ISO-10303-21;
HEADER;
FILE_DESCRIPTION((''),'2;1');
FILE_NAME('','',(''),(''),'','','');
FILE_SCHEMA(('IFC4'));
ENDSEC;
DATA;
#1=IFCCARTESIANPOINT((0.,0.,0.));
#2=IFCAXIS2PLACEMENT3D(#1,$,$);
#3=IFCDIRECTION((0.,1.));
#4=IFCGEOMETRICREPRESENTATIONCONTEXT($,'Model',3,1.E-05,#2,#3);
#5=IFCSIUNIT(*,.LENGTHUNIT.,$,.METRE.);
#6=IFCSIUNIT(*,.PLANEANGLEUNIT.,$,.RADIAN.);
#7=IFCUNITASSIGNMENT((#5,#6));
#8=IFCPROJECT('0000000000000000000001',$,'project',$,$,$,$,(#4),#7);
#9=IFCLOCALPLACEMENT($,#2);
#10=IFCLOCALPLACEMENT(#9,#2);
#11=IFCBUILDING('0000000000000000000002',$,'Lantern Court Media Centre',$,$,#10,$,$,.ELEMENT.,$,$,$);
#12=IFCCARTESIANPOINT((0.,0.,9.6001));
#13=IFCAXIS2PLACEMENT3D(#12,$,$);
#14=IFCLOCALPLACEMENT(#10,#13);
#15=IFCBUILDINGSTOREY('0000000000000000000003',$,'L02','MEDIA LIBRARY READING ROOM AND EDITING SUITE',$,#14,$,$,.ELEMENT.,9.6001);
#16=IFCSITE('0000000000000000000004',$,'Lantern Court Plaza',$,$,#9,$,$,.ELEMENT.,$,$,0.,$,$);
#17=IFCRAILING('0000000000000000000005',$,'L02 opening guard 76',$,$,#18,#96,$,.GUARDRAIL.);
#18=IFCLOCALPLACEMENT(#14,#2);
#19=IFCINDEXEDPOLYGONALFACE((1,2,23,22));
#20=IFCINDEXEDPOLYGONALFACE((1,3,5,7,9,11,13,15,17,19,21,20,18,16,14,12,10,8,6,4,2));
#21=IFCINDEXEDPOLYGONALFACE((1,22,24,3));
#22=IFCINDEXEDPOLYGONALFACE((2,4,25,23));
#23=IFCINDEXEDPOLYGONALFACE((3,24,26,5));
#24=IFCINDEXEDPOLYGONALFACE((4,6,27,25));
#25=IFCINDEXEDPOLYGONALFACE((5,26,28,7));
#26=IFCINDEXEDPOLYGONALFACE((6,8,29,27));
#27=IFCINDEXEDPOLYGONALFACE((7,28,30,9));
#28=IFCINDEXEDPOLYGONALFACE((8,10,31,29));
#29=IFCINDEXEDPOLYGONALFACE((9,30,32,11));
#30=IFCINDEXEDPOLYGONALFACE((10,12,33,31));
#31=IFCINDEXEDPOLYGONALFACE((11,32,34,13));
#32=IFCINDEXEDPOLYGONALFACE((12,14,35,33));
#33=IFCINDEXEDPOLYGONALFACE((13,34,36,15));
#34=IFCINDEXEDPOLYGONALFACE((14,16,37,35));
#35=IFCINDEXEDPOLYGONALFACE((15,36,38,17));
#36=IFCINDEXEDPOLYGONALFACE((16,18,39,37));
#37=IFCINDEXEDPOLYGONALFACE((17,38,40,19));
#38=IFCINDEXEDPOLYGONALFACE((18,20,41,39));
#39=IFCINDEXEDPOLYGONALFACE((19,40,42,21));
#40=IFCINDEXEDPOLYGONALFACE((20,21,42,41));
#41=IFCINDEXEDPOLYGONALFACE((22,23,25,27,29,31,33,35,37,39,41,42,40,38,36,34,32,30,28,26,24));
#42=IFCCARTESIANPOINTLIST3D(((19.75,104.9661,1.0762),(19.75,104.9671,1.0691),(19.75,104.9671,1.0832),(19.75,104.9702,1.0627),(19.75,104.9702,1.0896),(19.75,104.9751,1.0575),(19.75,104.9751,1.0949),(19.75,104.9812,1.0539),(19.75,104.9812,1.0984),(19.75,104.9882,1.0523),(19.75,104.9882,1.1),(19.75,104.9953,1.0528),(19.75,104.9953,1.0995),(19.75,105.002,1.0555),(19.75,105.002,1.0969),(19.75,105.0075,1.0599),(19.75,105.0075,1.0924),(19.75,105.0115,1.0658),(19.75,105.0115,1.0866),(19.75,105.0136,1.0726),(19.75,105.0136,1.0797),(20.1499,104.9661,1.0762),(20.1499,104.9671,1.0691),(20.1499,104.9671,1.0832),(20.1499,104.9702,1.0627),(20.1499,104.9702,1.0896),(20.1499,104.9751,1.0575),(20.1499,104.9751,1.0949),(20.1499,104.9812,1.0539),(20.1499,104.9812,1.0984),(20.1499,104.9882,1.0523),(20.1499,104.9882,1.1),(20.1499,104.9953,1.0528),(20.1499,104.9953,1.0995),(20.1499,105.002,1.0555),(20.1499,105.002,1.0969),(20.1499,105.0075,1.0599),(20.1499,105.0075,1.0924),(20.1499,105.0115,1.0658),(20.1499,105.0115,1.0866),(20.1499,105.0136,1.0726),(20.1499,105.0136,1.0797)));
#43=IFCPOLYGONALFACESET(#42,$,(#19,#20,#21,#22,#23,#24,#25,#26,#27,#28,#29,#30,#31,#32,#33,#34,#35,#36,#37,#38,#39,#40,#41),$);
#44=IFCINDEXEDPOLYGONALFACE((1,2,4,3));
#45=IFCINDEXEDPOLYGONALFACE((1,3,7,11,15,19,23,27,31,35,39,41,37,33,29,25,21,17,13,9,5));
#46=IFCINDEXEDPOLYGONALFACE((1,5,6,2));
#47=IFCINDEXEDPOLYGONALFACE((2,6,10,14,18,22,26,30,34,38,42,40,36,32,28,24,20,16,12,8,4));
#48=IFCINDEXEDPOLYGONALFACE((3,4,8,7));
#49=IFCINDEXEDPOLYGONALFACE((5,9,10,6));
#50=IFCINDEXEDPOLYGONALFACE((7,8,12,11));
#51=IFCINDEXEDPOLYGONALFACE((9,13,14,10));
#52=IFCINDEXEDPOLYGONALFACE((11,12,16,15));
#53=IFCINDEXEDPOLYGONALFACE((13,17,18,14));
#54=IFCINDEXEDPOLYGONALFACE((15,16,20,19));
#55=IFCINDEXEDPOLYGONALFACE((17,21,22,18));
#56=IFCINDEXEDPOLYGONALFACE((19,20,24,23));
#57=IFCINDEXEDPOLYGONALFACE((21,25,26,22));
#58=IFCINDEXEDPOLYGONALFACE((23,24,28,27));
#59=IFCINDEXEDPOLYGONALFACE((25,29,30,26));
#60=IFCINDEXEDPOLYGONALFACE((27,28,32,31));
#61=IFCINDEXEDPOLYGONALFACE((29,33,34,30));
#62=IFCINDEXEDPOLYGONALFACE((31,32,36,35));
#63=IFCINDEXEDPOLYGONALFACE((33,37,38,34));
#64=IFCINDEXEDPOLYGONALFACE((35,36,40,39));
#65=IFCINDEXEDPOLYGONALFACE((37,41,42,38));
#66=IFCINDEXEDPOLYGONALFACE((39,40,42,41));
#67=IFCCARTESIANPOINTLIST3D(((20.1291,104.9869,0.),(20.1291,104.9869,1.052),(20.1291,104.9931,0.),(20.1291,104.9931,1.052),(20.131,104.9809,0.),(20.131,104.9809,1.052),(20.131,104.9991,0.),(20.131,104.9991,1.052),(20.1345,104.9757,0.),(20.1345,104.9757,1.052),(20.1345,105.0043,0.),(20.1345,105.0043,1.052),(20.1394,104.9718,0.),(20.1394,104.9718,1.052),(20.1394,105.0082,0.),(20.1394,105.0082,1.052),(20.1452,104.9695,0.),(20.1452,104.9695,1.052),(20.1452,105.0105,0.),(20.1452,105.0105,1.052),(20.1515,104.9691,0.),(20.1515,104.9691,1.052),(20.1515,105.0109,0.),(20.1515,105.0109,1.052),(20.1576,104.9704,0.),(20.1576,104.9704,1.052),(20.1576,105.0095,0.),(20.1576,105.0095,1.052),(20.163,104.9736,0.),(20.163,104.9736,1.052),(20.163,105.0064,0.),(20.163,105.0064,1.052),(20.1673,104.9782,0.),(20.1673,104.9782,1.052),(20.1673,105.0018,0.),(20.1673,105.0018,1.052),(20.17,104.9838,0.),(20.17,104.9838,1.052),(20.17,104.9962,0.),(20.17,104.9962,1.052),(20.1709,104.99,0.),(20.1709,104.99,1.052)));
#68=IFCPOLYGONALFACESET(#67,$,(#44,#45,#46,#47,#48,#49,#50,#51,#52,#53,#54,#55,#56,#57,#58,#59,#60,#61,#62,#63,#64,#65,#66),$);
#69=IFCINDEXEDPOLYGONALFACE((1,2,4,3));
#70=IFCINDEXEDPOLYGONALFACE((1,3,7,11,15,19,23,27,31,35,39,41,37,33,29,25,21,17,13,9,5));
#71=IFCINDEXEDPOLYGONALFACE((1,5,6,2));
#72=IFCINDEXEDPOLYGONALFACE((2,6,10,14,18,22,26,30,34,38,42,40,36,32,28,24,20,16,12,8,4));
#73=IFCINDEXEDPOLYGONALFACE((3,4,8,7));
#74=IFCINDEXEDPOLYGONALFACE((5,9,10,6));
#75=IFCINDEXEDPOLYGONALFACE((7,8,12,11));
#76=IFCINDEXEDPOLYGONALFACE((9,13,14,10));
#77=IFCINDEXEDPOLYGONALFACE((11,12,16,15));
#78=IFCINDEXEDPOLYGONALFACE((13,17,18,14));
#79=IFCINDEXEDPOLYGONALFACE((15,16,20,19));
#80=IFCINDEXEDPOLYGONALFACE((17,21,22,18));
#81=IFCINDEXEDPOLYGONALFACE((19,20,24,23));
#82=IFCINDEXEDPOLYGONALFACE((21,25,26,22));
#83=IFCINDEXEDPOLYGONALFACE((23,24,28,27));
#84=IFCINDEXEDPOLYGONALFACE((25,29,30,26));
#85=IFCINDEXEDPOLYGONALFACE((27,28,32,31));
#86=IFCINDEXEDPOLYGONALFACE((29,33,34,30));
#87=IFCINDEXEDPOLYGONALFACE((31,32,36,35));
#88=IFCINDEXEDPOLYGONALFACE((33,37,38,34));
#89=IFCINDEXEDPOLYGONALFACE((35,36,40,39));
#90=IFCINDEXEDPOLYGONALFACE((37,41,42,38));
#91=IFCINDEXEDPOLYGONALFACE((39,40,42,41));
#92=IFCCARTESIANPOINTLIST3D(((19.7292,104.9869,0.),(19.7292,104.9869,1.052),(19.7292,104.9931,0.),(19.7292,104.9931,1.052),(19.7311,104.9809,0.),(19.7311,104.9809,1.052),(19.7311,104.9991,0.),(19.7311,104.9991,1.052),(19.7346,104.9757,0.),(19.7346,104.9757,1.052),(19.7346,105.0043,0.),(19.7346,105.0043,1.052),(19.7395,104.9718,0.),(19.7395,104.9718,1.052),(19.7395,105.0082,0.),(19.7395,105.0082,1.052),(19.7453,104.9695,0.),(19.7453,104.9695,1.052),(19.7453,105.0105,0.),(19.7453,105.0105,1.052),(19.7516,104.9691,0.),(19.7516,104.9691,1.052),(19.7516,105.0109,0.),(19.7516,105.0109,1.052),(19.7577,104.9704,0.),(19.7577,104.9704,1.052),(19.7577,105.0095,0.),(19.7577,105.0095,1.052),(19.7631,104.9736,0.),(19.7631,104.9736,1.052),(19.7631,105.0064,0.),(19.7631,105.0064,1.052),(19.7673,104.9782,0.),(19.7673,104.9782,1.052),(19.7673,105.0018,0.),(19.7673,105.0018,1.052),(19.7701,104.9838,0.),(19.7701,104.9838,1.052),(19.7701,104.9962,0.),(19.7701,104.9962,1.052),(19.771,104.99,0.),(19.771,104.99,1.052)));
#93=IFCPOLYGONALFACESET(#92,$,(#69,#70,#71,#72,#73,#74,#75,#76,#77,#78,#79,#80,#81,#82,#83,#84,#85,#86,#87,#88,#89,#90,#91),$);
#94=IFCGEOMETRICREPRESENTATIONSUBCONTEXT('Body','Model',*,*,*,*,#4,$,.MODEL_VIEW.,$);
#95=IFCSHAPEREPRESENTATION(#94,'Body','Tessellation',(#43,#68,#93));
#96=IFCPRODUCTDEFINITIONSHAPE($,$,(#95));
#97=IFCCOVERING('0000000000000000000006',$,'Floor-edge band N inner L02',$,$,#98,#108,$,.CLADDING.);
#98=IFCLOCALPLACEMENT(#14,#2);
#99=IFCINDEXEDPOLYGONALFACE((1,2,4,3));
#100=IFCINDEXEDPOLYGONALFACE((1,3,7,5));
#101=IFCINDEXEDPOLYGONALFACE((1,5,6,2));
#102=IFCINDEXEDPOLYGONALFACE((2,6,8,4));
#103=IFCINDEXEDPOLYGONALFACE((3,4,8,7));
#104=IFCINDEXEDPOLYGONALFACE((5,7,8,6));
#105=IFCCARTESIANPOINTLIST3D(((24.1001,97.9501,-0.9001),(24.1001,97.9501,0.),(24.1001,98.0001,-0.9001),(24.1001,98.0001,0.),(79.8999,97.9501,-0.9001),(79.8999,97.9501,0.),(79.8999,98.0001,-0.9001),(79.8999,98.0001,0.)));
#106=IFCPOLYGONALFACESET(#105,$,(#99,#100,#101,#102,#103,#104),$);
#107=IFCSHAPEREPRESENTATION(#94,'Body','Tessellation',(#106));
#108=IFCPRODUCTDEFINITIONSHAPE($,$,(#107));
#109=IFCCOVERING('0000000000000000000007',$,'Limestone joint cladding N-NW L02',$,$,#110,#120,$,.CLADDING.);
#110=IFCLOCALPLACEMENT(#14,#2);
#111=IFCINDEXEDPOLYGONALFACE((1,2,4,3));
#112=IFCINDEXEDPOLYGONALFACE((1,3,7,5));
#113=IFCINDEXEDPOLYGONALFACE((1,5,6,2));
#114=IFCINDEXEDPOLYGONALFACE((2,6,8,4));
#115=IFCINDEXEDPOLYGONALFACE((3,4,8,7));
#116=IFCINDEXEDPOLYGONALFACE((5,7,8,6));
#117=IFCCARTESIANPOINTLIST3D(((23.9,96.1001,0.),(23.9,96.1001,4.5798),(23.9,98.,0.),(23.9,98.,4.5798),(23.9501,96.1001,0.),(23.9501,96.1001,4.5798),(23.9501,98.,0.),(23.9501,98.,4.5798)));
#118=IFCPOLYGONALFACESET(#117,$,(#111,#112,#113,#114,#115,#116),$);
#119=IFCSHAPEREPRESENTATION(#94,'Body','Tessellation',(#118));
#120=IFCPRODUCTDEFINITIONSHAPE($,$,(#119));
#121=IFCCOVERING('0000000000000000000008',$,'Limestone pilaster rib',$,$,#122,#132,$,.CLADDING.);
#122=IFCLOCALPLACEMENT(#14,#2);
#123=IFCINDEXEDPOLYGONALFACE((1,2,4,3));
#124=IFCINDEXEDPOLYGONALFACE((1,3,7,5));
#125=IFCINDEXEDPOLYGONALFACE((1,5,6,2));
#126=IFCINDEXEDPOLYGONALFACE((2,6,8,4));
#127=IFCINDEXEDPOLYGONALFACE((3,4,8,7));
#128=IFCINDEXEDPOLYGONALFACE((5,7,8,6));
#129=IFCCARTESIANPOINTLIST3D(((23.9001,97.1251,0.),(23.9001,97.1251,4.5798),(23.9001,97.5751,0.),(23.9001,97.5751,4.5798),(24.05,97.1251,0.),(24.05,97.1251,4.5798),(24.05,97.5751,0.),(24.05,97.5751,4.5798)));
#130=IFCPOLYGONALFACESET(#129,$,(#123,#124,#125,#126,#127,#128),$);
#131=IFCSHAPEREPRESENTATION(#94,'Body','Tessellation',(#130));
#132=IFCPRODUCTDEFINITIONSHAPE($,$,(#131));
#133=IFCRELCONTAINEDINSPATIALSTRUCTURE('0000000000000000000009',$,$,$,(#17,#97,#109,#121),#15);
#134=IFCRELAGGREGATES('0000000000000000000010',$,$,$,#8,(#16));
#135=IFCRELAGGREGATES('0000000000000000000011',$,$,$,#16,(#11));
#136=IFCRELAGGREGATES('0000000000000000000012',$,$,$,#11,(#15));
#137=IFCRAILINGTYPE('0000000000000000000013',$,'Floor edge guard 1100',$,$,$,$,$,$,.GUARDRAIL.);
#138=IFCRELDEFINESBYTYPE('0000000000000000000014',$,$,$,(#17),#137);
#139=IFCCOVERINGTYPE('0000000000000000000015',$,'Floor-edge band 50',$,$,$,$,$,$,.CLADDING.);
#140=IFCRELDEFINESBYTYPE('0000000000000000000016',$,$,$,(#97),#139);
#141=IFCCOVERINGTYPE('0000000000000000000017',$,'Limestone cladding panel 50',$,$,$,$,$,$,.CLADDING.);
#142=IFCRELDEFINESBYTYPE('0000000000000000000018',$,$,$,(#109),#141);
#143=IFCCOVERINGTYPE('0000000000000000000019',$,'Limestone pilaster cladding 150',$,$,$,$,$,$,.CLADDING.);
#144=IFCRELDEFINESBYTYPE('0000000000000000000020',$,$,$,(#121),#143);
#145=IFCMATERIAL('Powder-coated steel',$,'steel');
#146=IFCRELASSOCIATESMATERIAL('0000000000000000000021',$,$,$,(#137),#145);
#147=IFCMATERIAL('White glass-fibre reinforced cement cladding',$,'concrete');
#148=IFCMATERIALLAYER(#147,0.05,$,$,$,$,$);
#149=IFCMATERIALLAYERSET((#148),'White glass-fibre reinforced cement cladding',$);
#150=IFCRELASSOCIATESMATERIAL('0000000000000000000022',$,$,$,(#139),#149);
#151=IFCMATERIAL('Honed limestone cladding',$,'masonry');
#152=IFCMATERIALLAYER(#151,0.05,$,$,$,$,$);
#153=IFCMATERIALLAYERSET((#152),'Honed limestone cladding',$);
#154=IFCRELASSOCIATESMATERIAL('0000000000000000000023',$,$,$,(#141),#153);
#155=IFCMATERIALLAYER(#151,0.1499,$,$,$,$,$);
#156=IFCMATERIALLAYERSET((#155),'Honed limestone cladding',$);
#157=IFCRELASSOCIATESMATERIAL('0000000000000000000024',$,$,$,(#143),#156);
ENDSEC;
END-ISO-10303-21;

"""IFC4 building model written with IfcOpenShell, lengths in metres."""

from ifc_helpers import new_model, si_unit, direction, frame, frame_2d, origin, origin_2d, place, context, subcontext, project, spatial, rectangle, circle, extrude, material, layer, layer_set, type_object, element, save


model = new_model("IFC4")

# Units and contexts
model_context = context("Model", 3, precision=1e-05, world=origin(), true_north=direction((0.0, 1.0)))
body_context = subcontext(model_context, "Body", "Model", "MODEL_VIEW")
ifc_project = project(units=[si_unit("LENGTHUNIT", "METRE"), si_unit("PLANEANGLEUNIT", "RADIAN")], contexts=[model_context])

# Site, building, storey
site_placement = place(None, origin())
site = spatial("IfcSite", under=ifc_project, at=site_placement, Name="Lantern Court Plaza", CompositionType="ELEMENT", RefElevation=0.0)
building_placement = place(site_placement, origin())
building = spatial("IfcBuilding", under=site, at=building_placement, Name="Lantern Court Media Centre", CompositionType="ELEMENT")
storey_placement = place(building_placement, frame((0.0, 0.0, 9.6001)))
storey = spatial("IfcBuildingStorey", under=building, at=storey_placement, Name="L02", Description="MEDIA LIBRARY READING ROOM AND EDITING SUITE", CompositionType="ELEMENT", Elevation=9.6001)

# Railing
ifc_material_1 = material(Name="Powder-coated steel", Category="steel")
railing_type_1 = type_object("IfcRailingType", Name="Floor edge guard 1100", PredefinedType="GUARDRAIL", material=ifc_material_1)
railing_1_placement = place(storey_placement, frame((20.1499, 104.99, 0.0)))
element("IfcRailing", 1, at=railing_1_placement, inside=storey, type_object=railing_type_1, Name="L02 opening guard 76", PredefinedType="GUARDRAIL", context=body_context, shape_type="SweptSolid", body=[
    extrude(circle(Radius=0.0239, at=origin_2d()), frame((0.0, 0.0, 1.0762), z_axis=(-1.0, 0.0, 0.0), x_axis=(0.0, -1.0, 0.0)), (0.0, 0.0, 1.0), 0.3999),
    extrude(circle(Radius=0.021, at=origin_2d()), origin(), (0.0, 0.0, 1.0), 1.052),
    extrude(circle(Radius=0.021, at=origin_2d()), frame((-0.3999, 0.0, 0.0)), (0.0, 0.0, 1.0), 1.052),
])

# Covering
ifc_material_2 = material(Name="White glass-fibre reinforced cement cladding", Category="concrete")
ifc_layer_1 = layer(ifc_material_2, 0.05)
ifc_layer_set_1 = layer_set([ifc_layer_1], Name="White glass-fibre reinforced cement cladding")
covering_type_1 = type_object("IfcCoveringType", Name="Floor-edge band 50", PredefinedType="CLADDING", material=ifc_layer_set_1)
covering_1_placement = place(storey_placement, frame((24.1001, 97.9751, -0.9001), z_axis=(0.0, 0.0, 1.0), x_axis=(1.0, 0.0, 0.0)))
element("IfcCovering", 2, at=covering_1_placement, inside=storey, type_object=covering_type_1, Name="Floor-edge band N inner L02", PredefinedType="CLADDING", context=body_context, shape_type="SweptSolid", body=[
    extrude(rectangle(XDim=55.7998, YDim=0.05, at=frame_2d((27.8999, 0.0))), origin(), (0.0, 0.0, 1.0), 0.9001),
])

# Coverings
ifc_material_3 = material(Name="Honed limestone cladding", Category="masonry")
ifc_layer_2 = layer(ifc_material_3, 0.05)
ifc_layer_set_2 = layer_set([ifc_layer_2], Name="Honed limestone cladding")
covering_type_2 = type_object("IfcCoveringType", Name="Limestone cladding panel 50", PredefinedType="CLADDING", material=ifc_layer_set_2)
covering_2_placement = place(storey_placement, frame((23.925, 96.1001, 0.0), z_axis=(0.0, 0.0, 1.0), x_axis=(0.0, 1.0, 0.0)))
element("IfcCovering", 3, at=covering_2_placement, inside=storey, type_object=covering_type_2, Name="Limestone joint cladding N-NW L02", PredefinedType="CLADDING", context=body_context, shape_type="SweptSolid", body=[
    extrude(rectangle(XDim=1.8999, YDim=0.05, at=frame_2d((0.95, 0.0))), origin(), (0.0, 0.0, 1.0), 4.5798),
])
ifc_layer_3 = layer(ifc_material_3, 0.1499)
ifc_layer_set_3 = layer_set([ifc_layer_3], Name="Honed limestone cladding")
covering_type_3 = type_object("IfcCoveringType", Name="Limestone pilaster cladding 150", PredefinedType="CLADDING", material=ifc_layer_set_3)
covering_3_placement = place(storey_placement, frame((23.9751, 97.125, 0.0), z_axis=(0.0, 0.0, 1.0), x_axis=(0.0, 1.0, 0.0)))
element("IfcCovering", 4, at=covering_3_placement, inside=storey, type_object=covering_type_3, Name="Limestone pilaster rib", PredefinedType="CLADDING", context=body_context, shape_type="SweptSolid", body=[
    extrude(rectangle(XDim=0.45, YDim=0.1499, at=frame_2d((0.2251, 0.0))), origin(), (0.0, 0.0, 1.0), 4.5798),
])

save(model, "model.ifc")
